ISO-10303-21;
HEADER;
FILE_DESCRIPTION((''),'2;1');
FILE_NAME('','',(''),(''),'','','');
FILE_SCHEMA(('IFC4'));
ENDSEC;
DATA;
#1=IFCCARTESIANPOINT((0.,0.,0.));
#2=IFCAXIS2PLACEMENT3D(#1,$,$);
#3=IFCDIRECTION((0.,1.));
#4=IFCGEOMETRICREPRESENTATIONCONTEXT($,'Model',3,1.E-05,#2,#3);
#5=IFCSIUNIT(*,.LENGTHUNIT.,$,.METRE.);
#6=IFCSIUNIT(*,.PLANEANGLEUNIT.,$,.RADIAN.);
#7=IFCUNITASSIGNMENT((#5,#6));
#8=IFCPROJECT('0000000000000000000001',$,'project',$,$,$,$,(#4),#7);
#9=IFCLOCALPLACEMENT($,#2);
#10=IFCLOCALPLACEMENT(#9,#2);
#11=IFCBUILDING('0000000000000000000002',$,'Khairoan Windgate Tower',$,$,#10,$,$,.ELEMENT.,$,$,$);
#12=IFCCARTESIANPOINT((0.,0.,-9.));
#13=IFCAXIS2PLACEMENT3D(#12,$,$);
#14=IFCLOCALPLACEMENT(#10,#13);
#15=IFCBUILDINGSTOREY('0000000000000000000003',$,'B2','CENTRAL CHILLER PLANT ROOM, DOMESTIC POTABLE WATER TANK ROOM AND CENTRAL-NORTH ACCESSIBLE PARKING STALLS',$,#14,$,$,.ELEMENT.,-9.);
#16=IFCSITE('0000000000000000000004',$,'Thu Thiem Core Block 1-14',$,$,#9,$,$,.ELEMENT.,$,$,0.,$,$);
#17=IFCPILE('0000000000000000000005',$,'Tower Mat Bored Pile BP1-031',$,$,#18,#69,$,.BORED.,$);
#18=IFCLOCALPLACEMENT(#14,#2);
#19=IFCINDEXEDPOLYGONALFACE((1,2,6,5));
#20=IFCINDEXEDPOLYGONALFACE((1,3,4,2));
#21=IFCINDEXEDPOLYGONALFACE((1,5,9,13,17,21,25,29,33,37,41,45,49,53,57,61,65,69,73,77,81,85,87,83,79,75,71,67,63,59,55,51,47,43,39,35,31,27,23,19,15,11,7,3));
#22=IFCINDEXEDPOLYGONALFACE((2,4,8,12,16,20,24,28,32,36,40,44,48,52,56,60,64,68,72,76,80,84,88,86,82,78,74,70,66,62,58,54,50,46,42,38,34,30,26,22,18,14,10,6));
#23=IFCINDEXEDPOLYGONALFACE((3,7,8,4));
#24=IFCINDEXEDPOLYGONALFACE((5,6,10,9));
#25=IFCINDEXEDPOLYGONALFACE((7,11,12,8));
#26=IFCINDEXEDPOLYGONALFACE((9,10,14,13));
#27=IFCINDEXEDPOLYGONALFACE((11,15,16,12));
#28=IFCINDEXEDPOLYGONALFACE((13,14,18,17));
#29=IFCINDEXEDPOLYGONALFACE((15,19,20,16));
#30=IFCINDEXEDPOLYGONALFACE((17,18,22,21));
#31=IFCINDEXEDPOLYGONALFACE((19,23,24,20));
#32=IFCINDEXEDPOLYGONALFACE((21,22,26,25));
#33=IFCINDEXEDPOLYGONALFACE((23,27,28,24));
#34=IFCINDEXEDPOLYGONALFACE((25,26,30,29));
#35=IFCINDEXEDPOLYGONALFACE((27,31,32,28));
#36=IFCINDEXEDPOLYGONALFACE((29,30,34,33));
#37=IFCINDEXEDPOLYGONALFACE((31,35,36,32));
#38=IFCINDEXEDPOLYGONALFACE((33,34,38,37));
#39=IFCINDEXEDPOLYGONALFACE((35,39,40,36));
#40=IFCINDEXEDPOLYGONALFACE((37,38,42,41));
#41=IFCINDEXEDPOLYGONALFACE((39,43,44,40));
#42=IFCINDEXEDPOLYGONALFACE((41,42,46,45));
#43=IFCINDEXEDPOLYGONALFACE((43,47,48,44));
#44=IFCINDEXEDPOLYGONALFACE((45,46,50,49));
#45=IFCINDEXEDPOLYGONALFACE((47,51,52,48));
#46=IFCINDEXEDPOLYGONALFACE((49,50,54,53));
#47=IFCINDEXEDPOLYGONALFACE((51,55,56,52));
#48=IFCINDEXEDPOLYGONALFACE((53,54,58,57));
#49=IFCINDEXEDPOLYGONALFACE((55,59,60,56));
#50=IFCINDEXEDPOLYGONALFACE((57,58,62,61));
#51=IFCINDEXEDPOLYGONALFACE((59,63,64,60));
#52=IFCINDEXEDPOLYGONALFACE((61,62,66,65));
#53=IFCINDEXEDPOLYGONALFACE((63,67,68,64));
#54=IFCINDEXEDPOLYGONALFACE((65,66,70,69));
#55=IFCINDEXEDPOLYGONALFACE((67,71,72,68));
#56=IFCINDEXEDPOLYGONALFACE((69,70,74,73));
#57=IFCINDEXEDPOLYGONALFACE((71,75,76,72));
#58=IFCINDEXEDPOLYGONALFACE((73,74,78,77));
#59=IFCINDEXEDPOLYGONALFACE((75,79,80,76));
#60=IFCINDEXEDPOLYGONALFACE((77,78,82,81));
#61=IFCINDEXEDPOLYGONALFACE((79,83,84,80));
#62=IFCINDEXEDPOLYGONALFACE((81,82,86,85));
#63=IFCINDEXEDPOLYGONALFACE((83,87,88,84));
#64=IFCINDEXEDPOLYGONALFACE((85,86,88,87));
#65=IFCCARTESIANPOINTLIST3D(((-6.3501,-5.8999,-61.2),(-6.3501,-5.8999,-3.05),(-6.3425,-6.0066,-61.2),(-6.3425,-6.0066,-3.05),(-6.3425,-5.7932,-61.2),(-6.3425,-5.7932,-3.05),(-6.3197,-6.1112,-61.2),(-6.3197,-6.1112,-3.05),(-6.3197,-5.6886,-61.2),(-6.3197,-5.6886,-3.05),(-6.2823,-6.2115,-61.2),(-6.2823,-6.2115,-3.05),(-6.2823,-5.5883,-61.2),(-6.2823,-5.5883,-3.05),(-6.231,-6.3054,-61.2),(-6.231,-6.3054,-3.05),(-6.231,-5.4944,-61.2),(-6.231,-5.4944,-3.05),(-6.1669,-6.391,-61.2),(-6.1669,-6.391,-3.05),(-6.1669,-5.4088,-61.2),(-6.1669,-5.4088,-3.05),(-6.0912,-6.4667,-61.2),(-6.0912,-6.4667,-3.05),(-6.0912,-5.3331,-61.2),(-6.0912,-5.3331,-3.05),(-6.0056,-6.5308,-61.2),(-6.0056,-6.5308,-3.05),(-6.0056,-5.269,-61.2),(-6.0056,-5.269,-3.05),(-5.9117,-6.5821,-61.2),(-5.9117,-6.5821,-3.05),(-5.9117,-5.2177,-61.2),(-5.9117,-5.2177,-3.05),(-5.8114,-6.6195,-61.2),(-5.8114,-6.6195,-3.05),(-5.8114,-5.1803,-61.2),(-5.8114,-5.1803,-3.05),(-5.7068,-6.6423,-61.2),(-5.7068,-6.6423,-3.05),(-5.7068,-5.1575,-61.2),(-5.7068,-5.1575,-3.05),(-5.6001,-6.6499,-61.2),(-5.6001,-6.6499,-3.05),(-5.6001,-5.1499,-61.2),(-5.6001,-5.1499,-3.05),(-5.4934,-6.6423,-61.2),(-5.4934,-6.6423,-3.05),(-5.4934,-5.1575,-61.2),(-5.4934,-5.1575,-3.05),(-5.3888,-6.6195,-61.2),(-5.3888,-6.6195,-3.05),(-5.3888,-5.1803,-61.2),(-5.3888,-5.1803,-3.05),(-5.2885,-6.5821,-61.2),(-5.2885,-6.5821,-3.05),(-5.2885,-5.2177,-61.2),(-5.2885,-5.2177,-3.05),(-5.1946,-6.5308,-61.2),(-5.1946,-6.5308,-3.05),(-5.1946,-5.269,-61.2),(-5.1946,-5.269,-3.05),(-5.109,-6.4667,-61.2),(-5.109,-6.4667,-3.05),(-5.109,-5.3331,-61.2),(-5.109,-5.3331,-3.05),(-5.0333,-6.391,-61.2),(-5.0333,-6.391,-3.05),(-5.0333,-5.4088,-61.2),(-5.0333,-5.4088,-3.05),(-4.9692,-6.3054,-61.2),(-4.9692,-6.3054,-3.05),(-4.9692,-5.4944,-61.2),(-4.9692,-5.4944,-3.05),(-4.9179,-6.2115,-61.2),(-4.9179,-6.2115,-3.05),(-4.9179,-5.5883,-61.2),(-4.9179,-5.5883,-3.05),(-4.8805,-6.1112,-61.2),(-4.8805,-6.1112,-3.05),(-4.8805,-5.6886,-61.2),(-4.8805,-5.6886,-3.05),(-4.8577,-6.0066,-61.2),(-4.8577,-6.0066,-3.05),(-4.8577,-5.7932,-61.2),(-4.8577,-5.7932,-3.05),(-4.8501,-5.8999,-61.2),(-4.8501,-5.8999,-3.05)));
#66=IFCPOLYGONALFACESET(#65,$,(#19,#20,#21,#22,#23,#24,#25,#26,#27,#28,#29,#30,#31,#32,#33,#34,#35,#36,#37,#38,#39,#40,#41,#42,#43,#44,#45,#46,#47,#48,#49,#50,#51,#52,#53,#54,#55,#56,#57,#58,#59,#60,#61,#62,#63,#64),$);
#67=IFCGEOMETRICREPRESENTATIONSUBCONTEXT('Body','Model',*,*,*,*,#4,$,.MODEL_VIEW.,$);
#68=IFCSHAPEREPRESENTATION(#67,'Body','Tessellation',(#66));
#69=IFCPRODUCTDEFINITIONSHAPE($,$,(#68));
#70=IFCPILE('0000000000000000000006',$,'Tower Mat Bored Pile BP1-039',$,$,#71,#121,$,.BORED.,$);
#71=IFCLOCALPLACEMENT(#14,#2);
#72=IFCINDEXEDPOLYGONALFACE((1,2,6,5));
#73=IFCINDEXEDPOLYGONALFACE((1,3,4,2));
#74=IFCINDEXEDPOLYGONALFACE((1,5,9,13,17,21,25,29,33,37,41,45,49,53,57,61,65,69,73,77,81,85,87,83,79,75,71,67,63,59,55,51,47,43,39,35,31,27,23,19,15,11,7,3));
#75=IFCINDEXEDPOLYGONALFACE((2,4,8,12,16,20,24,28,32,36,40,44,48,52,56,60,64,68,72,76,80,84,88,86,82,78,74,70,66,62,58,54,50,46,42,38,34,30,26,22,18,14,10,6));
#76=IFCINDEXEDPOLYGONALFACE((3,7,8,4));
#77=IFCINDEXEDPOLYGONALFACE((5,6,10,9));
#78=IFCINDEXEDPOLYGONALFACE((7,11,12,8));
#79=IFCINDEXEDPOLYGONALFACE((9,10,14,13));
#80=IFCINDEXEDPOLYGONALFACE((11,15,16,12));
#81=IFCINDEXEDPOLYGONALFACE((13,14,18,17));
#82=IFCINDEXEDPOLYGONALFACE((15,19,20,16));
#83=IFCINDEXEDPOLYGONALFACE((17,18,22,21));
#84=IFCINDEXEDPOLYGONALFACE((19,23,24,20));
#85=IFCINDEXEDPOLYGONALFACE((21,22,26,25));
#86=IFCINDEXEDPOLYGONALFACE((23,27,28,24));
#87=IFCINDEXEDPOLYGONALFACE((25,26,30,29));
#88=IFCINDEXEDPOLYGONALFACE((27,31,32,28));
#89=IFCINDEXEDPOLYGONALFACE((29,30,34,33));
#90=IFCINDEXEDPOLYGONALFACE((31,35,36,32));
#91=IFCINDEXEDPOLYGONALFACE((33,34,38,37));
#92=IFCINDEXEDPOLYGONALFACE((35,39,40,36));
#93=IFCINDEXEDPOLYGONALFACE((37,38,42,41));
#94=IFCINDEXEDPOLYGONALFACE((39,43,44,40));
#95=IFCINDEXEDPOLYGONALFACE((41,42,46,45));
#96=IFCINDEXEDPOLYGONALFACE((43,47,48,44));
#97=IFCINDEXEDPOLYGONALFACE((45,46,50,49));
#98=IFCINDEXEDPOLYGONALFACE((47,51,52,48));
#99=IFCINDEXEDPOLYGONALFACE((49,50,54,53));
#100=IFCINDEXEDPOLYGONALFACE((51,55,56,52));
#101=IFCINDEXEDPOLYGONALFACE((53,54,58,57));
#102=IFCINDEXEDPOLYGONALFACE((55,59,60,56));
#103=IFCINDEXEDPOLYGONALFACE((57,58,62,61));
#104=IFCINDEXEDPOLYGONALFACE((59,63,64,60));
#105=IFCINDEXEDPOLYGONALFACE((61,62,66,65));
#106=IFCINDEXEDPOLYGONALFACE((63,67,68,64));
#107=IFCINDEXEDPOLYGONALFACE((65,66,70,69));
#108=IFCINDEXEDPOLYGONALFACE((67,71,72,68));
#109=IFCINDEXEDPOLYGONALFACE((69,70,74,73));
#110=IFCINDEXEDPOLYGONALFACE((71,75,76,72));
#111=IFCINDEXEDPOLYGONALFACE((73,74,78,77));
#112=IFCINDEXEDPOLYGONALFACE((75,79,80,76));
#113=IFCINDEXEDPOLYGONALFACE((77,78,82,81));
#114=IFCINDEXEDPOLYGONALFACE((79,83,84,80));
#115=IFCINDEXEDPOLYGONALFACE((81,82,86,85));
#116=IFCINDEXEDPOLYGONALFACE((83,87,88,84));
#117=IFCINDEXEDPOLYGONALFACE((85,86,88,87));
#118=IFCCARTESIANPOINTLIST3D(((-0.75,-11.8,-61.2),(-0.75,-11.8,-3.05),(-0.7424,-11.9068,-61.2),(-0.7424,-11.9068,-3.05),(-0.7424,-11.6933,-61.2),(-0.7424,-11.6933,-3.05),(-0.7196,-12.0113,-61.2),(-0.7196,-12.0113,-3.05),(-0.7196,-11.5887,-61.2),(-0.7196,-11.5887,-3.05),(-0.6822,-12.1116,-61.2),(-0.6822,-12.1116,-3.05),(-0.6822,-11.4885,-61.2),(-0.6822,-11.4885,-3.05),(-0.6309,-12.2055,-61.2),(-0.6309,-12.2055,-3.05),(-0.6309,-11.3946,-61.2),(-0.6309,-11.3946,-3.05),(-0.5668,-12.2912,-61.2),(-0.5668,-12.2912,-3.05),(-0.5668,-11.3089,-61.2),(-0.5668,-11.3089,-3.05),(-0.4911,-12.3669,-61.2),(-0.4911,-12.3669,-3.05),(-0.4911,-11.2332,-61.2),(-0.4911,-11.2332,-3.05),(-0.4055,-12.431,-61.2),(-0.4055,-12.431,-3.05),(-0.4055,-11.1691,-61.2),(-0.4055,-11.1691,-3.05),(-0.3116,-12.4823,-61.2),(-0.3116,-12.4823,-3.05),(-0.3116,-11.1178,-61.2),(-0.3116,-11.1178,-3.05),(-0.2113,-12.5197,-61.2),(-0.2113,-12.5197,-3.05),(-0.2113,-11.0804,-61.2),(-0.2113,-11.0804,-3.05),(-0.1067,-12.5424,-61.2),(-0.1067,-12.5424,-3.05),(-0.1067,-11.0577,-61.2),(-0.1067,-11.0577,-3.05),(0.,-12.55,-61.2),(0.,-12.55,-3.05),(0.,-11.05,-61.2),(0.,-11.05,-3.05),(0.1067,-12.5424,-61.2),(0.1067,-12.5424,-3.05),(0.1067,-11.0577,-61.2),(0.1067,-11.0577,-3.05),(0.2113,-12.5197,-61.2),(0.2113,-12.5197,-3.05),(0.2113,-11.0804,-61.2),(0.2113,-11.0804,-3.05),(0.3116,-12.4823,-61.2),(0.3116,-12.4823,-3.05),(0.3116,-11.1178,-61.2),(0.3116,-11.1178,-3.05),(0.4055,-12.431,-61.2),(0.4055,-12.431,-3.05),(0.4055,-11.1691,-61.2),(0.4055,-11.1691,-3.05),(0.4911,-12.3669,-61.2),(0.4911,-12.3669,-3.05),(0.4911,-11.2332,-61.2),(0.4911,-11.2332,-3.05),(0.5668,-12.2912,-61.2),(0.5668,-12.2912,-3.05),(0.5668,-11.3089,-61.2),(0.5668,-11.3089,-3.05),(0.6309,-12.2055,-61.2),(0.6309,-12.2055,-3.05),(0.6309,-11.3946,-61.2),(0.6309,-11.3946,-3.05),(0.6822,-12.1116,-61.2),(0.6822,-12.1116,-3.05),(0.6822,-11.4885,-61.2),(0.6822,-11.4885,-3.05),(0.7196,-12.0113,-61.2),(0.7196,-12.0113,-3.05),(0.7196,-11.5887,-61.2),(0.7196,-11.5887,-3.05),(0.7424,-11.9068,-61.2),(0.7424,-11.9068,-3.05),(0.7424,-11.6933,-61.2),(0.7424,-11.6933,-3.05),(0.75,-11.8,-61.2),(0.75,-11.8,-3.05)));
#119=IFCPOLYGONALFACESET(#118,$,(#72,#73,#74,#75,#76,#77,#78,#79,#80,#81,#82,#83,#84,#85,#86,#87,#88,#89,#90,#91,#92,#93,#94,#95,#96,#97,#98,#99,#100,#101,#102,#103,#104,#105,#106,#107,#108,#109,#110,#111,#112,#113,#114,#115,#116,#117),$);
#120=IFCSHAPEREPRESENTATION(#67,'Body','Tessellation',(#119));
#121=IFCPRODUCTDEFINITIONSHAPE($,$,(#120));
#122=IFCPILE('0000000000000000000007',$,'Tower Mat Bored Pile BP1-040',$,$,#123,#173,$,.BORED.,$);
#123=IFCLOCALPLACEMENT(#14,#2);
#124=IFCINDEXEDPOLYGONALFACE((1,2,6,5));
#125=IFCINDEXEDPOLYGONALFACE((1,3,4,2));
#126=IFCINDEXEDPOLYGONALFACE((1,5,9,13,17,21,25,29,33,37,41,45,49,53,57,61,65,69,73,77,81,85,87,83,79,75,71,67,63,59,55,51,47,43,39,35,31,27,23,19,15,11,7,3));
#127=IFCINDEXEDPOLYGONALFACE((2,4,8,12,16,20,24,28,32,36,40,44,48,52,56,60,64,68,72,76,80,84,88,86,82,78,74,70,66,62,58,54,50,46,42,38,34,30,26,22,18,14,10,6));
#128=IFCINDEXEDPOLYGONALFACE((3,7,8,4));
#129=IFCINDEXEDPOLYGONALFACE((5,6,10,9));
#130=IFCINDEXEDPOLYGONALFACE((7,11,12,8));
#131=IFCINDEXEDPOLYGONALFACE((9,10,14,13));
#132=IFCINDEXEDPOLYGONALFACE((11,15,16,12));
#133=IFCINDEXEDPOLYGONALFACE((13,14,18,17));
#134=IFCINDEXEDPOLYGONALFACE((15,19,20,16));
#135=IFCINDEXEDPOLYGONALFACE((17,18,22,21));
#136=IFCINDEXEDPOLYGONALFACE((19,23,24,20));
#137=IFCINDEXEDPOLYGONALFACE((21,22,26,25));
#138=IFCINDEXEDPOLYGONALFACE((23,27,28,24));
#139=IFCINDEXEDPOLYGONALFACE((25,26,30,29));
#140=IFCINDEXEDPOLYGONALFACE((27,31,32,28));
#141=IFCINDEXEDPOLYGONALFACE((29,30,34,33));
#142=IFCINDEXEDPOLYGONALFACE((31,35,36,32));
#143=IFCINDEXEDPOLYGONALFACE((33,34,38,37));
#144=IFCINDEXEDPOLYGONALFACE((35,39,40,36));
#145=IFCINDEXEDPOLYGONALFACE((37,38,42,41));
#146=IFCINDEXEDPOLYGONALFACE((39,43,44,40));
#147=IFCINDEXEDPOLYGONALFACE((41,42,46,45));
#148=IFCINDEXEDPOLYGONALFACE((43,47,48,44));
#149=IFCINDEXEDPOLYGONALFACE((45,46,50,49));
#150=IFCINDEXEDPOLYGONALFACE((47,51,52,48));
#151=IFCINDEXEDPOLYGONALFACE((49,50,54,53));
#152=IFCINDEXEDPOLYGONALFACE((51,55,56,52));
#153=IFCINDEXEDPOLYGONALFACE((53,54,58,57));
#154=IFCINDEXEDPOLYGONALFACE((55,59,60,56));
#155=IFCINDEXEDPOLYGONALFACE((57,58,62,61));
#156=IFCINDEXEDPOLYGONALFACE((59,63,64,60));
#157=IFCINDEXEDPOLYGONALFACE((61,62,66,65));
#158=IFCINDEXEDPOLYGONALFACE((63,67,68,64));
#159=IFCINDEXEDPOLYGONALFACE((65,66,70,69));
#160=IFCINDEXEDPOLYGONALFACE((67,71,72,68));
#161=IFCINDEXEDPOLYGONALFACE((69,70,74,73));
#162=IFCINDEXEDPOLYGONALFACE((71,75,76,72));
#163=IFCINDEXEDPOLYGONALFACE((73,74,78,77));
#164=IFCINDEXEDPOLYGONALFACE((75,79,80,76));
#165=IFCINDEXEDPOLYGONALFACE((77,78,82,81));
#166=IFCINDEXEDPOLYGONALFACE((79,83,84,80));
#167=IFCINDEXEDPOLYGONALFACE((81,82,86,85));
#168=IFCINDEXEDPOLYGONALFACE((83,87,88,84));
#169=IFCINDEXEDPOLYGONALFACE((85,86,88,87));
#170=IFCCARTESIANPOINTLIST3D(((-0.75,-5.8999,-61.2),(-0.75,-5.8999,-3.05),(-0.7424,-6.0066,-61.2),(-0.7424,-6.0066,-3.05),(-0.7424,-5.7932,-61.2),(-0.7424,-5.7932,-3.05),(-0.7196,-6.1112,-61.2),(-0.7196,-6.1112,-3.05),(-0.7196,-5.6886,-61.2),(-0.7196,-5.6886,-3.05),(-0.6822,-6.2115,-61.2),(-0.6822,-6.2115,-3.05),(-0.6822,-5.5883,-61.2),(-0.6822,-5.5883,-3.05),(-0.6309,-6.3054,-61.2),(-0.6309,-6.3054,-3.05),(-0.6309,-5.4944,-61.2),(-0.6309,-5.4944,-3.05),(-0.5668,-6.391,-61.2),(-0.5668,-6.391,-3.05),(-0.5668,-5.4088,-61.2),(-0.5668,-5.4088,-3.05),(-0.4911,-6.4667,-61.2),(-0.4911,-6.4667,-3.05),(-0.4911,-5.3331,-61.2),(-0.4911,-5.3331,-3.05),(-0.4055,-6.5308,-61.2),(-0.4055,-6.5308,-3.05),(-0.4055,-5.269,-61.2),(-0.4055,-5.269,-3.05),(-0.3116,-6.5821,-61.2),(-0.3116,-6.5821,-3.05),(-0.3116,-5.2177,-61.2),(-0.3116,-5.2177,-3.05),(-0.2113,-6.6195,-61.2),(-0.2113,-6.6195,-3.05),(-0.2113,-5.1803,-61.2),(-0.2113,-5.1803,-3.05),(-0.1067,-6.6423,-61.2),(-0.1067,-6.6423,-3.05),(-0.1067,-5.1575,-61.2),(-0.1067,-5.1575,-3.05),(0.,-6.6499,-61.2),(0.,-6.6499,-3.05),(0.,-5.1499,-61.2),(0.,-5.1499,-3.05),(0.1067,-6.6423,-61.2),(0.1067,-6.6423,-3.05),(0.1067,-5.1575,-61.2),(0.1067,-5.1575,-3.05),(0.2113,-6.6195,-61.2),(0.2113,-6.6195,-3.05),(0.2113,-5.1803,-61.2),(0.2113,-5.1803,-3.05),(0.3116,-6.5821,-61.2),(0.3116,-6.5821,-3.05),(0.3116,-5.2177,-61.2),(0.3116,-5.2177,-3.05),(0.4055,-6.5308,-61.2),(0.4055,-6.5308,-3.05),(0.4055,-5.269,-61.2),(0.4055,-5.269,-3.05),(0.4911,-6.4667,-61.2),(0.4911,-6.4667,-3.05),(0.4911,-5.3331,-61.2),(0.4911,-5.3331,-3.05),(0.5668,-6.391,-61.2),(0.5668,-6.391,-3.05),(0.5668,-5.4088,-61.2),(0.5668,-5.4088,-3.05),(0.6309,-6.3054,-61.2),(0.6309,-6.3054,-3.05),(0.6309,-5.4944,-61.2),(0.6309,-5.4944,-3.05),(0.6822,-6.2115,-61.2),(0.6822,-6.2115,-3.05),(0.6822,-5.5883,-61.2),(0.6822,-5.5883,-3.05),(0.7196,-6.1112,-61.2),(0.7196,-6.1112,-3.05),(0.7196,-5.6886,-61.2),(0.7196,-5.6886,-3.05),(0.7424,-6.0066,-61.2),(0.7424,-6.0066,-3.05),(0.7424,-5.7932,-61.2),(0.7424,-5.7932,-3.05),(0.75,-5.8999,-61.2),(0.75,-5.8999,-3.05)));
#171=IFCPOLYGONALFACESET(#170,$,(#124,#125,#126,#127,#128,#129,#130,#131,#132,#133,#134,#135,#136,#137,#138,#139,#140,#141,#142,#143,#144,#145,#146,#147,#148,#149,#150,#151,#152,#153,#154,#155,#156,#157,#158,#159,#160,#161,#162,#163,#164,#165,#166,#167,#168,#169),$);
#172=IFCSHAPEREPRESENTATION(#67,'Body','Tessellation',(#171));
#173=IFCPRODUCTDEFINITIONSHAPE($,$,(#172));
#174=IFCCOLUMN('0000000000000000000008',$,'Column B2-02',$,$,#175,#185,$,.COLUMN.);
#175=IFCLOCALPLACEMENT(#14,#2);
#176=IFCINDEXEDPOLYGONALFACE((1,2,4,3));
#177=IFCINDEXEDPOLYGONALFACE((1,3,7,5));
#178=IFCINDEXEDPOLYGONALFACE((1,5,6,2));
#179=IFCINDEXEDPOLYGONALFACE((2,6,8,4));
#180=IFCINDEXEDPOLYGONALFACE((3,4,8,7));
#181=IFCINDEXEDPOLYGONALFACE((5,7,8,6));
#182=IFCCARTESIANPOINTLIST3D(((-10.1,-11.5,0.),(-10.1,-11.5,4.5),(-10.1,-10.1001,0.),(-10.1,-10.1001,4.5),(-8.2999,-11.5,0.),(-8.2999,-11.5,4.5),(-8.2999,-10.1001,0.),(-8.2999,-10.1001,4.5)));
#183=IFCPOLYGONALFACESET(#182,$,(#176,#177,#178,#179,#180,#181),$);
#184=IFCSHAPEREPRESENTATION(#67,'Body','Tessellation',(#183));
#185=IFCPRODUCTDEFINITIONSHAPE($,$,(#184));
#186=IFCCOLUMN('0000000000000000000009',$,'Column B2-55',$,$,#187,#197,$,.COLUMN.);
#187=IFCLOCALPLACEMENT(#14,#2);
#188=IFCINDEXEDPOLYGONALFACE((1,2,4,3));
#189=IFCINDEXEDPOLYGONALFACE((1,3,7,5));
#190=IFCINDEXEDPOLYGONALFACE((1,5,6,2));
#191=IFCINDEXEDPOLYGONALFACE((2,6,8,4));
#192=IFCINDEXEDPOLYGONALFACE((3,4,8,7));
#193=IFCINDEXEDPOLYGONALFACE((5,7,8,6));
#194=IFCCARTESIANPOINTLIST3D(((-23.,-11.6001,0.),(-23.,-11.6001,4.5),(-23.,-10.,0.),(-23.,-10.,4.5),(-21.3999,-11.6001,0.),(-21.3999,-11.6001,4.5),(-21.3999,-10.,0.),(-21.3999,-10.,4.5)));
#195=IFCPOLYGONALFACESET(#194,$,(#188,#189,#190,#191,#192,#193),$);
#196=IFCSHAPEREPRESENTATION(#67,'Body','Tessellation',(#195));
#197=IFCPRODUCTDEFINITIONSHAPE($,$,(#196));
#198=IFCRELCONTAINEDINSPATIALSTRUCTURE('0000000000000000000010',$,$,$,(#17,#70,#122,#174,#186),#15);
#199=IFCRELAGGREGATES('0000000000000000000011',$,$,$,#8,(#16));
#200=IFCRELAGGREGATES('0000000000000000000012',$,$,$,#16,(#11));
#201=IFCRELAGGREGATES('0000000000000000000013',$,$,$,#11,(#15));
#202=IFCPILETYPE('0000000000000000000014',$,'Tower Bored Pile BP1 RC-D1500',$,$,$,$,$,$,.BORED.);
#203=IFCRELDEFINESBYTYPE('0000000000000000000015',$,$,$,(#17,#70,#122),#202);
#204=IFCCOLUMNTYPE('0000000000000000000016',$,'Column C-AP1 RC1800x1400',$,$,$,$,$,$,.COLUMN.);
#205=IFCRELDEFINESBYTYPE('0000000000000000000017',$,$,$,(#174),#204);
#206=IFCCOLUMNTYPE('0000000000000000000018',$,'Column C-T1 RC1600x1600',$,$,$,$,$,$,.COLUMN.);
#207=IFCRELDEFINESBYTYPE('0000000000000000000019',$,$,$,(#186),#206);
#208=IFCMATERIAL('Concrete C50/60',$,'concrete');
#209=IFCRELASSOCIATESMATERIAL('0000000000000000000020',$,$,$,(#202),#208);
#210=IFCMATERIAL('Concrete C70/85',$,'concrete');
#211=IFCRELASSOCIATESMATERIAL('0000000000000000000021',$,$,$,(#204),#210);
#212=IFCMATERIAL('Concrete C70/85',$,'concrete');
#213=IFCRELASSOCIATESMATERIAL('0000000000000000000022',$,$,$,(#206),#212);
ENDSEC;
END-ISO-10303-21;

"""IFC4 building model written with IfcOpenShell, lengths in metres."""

from ifc_helpers import new_model, si_unit, direction, frame, origin, origin_2d, place, context, subcontext, project, spatial, rectangle, circle, extrude, material, material_profile, profile_set, type_object, element, save


model = new_model("IFC4")

# Units and contexts
model_context = context("Model", 3, precision=1e-05, world=origin(), true_north=direction((0.0, 1.0)))
body_context = subcontext(model_context, "Body", "Model", "MODEL_VIEW")
ifc_project = project(units=[si_unit("LENGTHUNIT", "METRE"), si_unit("PLANEANGLEUNIT", "RADIAN")], contexts=[model_context])

# Site, building, storey
site_placement = place(None, origin())
site = spatial("IfcSite", under=ifc_project, at=site_placement, Name="Thu Thiem Core Block 1-14", CompositionType="ELEMENT", RefElevation=0.0)
building_placement = place(site_placement, origin())
building = spatial("IfcBuilding", under=site, at=building_placement, Name="Khairoan Windgate Tower", CompositionType="ELEMENT")
storey_placement = place(building_placement, frame((0.0, 0.0, -9.0)))
storey = spatial("IfcBuildingStorey", under=building, at=storey_placement, Name="B2", Description="CENTRAL CHILLER PLANT ROOM, DOMESTIC POTABLE WATER TANK ROOM AND CENTRAL-NORTH ACCESSIBLE PARKING STALLS", CompositionType="ELEMENT", Elevation=-9.0)

# Piles
ifc_material_1 = material(Name="Concrete C50/60", Category="concrete")
ifc_material_profile_1 = material_profile(ifc_material_1, circle(Radius=0.75, at=origin_2d()))
ifc_profile_set_1 = profile_set([ifc_material_profile_1], Name="Concrete C50/60")
pile_type = type_object("IfcPileType", Name="Tower Bored Pile BP1 RC-D1500", PredefinedType="BORED", material=ifc_profile_set_1)
for number, where, z_axis, x_axis, name in (
    (1, (-5.6001, -5.8999, -3.05), (0.0, 0.0, -1.0), (1.0, 0.0, 0.0), "Tower Mat Bored Pile BP1-031"),
    (2, (0.0, -11.8, -3.05), (0.0, 0.0, -1.0), (1.0, 0.0, 0.0), "Tower Mat Bored Pile BP1-039"),
    (3, (0.0, -5.8999, -3.05), (0.0, 0.0, -1.0), (1.0, 0.0, 0.0), "Tower Mat Bored Pile BP1-040"),
):
    element("IfcPile", number, at=place(storey_placement, frame(where, z_axis=z_axis, x_axis=x_axis)), inside=storey, type_object=pile_type, Name=name, PredefinedType="BORED", context=body_context, shape_type="SweptSolid", body=[
        extrude(circle(Radius=0.75, at=origin_2d()), origin(), (0.0, 0.0, 1.0), 58.1499),
    ])

# Columns
ifc_material_2 = material(Name="Concrete C70/85", Category="concrete")
ifc_material_profile_2 = material_profile(ifc_material_2, rectangle(XDim=1.8, YDim=1.3999, at=origin_2d()))
ifc_profile_set_2 = profile_set([ifc_material_profile_2], Name="Concrete C70/85")
column_type_1 = type_object("IfcColumnType", Name="Column C-AP1 RC1800x1400", PredefinedType="COLUMN", material=ifc_profile_set_2)
column_1_placement = place(storey_placement, frame((-9.2, -10.8, 0.0), z_axis=(0.0, 0.0, 1.0), x_axis=(1.0, 0.0, 0.0)))
element("IfcColumn", 4, at=column_1_placement, inside=storey, type_object=column_type_1, Name="Column B2-02", PredefinedType="COLUMN", context=body_context, shape_type="SweptSolid", body=[
    extrude(rectangle(XDim=1.8, YDim=1.3999, at=origin_2d()), origin(), (0.0, 0.0, 1.0), 4.5),
])
ifc_material_3 = material(Name="Concrete C70/85", Category="concrete")
ifc_material_profile_3 = material_profile(ifc_material_3, rectangle(XDim=1.6001, YDim=1.6001, at=origin_2d()))
ifc_profile_set_3 = profile_set([ifc_material_profile_3], Name="Concrete C70/85")
column_type_2 = type_object("IfcColumnType", Name="Column C-T1 RC1600x1600", PredefinedType="COLUMN", material=ifc_profile_set_3)
column_2_placement = place(storey_placement, frame((-22.2, -10.8, 0.0), z_axis=(0.0, 0.0, 1.0), x_axis=(1.0, 0.0, 0.0)))
element("IfcColumn", 5, at=column_2_placement, inside=storey, type_object=column_type_2, Name="Column B2-55", PredefinedType="COLUMN", context=body_context, shape_type="SweptSolid", body=[
    extrude(rectangle(XDim=1.6001, YDim=1.6001, at=origin_2d()), origin(), (0.0, 0.0, 1.0), 4.5),
])

save(model, "model.ifc")
